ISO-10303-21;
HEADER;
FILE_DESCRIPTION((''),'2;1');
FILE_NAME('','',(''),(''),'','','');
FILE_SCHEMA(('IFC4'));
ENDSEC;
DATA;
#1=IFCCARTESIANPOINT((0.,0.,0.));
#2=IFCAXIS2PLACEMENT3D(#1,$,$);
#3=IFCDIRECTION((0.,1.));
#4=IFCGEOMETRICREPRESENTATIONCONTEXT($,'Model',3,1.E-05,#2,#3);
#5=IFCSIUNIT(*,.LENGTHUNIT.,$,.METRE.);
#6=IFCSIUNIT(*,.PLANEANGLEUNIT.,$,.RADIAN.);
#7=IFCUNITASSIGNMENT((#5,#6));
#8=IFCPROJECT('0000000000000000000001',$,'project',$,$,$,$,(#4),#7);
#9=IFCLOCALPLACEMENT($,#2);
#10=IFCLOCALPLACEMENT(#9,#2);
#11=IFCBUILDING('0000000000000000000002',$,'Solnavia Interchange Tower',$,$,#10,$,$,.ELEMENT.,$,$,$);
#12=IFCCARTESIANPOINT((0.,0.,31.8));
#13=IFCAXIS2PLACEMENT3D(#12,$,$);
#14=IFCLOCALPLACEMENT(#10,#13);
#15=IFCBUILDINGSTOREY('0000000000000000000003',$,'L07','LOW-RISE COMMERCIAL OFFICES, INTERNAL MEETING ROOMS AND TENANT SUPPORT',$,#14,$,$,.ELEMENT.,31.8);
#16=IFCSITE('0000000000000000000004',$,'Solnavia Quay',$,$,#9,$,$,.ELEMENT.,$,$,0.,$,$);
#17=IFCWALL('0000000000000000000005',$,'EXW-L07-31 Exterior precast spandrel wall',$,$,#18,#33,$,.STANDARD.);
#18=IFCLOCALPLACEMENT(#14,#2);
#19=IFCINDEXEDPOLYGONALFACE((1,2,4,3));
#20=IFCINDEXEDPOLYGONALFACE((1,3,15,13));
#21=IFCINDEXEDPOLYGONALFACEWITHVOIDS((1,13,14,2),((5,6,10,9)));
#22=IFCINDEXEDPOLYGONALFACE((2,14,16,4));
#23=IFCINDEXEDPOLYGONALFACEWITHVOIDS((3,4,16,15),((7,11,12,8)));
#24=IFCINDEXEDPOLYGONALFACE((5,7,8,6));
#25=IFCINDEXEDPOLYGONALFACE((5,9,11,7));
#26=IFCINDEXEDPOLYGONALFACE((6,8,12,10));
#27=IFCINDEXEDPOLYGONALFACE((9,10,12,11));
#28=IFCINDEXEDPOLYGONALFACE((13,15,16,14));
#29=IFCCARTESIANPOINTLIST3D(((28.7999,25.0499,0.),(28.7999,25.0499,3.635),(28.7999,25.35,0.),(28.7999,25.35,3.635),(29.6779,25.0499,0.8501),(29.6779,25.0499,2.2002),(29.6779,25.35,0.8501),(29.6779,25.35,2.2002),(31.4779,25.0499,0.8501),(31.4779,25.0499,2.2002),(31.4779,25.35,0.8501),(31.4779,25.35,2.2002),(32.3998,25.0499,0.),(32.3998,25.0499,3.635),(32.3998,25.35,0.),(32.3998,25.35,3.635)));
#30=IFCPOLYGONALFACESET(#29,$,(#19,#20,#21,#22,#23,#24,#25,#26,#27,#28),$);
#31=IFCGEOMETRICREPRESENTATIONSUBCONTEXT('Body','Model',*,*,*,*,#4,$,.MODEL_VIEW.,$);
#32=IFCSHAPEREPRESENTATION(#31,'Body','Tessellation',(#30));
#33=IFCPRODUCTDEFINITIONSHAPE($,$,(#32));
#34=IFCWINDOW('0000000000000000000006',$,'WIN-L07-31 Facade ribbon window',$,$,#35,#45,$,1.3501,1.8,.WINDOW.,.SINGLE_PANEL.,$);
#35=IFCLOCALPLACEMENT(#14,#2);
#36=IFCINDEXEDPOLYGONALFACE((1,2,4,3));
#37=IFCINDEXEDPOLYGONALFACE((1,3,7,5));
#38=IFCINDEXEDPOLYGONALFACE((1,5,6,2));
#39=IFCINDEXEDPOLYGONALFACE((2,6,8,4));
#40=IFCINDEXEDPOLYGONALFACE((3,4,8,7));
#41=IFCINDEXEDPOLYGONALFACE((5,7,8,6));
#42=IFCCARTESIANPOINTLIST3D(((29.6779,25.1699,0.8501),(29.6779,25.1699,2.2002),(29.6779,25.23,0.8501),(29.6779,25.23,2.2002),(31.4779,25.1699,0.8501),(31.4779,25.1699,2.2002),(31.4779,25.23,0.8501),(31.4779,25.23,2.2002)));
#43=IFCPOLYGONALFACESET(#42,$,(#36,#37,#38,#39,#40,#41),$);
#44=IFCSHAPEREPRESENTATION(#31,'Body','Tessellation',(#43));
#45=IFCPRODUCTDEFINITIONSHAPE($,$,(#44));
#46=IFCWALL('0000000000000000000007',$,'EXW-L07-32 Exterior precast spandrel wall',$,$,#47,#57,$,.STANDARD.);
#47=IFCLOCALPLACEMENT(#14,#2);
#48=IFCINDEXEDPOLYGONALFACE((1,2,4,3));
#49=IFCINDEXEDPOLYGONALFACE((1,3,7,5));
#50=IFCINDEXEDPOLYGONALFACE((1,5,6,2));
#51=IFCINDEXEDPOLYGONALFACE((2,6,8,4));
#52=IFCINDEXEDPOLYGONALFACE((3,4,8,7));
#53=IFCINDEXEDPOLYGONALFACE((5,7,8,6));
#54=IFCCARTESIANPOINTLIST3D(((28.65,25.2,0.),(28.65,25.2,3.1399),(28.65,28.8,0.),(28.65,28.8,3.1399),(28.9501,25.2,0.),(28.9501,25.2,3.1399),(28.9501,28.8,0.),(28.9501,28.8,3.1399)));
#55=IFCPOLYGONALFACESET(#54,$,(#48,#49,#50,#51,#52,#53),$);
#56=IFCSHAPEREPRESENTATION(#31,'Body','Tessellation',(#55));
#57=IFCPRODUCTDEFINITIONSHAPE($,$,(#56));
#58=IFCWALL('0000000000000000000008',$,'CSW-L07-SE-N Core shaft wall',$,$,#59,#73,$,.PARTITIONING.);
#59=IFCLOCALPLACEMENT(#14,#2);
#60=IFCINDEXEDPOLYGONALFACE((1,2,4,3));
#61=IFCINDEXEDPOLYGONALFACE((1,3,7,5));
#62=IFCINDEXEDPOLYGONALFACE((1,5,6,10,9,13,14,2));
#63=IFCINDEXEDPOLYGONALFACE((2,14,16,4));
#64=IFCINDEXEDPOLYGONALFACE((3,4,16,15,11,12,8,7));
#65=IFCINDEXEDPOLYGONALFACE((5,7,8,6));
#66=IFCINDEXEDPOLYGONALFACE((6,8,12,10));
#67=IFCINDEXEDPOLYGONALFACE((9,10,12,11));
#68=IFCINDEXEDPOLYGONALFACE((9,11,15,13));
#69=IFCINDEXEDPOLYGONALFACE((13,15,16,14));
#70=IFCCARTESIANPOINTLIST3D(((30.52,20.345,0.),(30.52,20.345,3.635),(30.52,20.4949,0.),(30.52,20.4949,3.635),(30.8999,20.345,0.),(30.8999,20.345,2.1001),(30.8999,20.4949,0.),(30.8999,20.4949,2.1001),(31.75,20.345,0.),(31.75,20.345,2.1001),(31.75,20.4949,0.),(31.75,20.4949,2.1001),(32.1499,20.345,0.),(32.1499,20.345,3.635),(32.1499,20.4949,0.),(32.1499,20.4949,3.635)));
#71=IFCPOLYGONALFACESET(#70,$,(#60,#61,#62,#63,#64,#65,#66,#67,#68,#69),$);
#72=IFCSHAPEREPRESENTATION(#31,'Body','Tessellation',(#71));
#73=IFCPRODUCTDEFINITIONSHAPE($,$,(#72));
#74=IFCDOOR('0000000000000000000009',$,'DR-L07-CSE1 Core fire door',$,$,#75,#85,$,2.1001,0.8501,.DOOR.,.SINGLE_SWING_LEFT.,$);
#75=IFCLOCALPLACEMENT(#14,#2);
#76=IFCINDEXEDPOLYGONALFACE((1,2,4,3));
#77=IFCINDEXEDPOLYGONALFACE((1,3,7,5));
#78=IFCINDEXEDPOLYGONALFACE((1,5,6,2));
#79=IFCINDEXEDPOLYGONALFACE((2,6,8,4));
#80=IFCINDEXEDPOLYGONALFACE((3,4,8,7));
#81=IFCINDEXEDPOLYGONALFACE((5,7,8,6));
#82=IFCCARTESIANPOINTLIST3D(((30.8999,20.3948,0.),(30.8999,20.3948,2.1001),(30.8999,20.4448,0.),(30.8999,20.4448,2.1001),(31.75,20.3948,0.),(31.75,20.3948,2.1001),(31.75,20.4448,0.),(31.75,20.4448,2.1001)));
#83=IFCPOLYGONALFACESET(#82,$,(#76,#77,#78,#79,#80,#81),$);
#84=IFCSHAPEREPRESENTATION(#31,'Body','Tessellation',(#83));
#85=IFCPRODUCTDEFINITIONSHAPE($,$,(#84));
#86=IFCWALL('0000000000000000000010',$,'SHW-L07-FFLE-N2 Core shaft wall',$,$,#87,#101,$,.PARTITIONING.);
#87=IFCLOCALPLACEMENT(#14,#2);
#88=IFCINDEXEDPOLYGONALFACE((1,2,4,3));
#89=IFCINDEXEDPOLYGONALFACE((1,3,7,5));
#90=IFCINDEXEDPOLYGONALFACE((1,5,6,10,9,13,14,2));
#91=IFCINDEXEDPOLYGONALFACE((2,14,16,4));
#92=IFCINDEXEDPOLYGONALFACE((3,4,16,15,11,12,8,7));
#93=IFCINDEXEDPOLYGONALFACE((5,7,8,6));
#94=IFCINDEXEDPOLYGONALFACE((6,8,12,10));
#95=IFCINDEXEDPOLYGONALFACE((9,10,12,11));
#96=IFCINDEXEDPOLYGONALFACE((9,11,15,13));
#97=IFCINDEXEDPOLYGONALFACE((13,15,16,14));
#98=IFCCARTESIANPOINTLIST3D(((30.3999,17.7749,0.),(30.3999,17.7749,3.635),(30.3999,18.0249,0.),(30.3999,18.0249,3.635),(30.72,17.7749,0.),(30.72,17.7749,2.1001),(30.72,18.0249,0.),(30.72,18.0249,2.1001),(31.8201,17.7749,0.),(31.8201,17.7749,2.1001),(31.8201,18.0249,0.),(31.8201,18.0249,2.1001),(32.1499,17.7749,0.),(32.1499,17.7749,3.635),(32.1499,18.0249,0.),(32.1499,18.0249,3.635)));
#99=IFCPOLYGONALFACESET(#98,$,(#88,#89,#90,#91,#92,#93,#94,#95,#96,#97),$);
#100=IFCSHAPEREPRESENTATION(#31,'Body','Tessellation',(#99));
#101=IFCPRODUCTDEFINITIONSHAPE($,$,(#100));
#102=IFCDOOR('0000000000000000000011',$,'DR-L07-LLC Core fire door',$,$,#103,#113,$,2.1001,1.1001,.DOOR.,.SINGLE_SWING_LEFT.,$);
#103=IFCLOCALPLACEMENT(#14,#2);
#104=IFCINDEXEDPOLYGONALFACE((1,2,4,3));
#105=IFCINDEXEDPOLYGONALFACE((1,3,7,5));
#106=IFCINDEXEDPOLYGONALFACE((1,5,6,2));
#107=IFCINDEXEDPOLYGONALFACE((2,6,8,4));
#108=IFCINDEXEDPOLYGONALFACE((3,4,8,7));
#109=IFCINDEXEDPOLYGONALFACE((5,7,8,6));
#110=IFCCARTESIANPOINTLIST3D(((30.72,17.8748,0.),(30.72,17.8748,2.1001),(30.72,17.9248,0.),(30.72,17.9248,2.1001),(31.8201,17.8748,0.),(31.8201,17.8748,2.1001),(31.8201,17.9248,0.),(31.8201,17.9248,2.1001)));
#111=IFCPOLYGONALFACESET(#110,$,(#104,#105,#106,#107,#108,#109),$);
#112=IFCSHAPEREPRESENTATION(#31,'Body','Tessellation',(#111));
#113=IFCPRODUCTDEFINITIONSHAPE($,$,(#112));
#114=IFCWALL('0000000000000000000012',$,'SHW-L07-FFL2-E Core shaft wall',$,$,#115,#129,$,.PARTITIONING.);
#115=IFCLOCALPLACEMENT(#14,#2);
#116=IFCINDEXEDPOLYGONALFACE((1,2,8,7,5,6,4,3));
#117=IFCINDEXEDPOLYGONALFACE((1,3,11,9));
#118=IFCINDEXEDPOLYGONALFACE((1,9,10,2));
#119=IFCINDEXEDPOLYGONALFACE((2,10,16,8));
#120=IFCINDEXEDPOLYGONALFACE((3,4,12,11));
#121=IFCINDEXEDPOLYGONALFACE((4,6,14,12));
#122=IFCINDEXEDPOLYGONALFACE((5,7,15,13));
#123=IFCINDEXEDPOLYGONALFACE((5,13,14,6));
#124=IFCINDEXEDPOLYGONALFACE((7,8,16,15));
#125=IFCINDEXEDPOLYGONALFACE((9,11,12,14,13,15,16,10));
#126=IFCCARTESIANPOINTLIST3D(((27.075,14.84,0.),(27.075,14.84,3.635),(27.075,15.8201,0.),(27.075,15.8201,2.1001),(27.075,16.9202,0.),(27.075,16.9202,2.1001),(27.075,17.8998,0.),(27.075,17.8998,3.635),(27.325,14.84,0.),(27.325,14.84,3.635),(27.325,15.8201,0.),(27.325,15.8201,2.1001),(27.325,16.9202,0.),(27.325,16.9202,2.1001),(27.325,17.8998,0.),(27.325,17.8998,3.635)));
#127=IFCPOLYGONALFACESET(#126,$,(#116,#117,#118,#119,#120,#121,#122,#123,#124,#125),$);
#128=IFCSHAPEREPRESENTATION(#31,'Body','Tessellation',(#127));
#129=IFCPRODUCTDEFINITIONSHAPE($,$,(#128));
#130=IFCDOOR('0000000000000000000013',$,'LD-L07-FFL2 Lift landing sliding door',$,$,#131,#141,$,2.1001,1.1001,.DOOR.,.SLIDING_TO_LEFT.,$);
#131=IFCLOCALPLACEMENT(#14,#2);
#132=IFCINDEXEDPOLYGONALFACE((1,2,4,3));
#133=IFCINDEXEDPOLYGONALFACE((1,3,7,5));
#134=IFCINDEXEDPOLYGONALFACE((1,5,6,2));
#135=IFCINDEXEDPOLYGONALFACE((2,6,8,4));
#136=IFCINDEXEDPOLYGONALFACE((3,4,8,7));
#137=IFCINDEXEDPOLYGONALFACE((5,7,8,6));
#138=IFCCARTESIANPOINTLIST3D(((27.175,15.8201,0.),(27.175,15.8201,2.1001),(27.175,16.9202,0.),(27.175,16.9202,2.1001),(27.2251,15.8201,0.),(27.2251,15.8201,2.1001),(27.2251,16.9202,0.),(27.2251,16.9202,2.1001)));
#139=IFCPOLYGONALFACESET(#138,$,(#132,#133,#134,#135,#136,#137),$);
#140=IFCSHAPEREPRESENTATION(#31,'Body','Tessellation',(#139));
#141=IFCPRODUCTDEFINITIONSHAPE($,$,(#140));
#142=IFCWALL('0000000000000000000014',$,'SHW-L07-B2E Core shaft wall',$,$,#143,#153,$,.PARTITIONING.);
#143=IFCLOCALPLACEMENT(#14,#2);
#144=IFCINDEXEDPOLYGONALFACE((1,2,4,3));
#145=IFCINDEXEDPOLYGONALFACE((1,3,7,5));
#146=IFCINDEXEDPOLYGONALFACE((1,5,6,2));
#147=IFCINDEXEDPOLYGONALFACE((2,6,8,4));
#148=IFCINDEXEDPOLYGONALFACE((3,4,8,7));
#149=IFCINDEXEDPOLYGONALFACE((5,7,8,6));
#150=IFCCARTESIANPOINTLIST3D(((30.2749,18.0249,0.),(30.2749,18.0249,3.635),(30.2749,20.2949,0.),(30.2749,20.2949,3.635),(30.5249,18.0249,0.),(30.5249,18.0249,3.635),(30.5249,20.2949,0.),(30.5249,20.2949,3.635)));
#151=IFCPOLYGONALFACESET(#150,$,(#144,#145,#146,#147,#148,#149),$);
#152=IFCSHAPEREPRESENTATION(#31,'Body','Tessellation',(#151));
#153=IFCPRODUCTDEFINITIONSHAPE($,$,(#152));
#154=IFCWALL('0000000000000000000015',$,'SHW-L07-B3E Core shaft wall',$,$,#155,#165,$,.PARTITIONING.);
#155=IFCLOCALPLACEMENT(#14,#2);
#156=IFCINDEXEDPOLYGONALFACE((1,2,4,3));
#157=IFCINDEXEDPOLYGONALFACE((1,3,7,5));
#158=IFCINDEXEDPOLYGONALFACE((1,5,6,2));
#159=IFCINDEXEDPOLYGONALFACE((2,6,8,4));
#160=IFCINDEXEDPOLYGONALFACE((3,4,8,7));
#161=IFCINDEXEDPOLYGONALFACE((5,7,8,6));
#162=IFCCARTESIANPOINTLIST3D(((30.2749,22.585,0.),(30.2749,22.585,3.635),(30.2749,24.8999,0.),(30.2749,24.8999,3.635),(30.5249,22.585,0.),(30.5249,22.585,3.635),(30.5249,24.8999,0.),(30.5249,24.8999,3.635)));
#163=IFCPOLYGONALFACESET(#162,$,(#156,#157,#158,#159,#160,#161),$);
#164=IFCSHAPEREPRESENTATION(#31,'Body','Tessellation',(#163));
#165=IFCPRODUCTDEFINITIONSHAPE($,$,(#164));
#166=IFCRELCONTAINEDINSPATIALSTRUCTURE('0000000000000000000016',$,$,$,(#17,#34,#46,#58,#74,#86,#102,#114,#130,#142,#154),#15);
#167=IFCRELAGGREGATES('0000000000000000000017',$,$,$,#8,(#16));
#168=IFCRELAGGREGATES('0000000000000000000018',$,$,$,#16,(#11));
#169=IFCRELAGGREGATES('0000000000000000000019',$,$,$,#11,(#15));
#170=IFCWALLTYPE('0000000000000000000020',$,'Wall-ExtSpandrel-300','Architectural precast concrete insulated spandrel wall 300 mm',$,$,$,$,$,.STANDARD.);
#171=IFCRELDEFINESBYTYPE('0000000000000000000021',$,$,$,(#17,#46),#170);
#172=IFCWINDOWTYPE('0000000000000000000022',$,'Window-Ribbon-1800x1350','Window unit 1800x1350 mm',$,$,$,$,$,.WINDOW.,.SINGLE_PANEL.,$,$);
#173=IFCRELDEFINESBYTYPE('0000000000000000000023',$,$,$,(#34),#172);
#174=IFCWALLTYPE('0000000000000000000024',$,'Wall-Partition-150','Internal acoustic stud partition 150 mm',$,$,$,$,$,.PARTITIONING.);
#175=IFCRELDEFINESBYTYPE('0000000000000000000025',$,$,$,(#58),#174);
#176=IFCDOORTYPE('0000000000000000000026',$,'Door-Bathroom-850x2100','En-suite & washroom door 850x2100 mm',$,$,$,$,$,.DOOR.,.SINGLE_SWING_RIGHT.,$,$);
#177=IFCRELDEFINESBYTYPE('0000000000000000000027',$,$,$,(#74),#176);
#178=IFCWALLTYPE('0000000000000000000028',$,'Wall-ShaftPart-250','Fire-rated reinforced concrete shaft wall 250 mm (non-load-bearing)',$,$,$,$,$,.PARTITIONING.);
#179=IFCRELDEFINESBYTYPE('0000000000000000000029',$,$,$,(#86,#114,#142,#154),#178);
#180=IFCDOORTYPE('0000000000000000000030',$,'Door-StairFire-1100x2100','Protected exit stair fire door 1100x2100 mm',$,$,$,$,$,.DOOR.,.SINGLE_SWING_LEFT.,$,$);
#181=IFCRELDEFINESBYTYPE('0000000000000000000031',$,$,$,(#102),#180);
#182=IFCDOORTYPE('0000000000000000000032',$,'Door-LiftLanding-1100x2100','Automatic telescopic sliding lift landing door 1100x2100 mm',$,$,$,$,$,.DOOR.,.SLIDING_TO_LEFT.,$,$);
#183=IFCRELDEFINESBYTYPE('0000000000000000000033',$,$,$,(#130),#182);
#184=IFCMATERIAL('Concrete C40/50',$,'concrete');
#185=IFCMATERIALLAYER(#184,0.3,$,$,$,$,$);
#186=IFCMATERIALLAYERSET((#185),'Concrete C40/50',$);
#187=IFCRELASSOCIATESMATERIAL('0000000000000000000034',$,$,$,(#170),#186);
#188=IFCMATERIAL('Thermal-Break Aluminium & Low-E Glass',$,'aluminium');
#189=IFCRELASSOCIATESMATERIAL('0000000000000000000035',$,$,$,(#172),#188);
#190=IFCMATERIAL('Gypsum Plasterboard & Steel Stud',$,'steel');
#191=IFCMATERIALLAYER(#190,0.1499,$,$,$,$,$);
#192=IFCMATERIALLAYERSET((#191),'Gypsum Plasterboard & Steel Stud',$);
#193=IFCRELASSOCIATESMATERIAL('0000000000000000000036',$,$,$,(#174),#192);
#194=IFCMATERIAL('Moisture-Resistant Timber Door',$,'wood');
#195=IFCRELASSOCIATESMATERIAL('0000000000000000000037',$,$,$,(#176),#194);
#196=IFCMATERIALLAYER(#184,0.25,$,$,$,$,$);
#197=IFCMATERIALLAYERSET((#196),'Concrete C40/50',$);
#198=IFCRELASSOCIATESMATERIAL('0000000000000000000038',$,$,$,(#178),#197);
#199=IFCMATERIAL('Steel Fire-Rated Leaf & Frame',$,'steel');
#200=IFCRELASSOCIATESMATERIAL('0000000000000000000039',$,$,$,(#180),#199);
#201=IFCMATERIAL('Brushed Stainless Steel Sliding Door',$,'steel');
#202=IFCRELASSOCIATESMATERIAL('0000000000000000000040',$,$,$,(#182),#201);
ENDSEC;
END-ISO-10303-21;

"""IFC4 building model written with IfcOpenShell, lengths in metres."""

from ifc_helpers import new_model, si_unit, direction, frame, frame_2d, origin, place, context, subcontext, project, spatial, rectangle, extrude, material, layer, layer_set, type_object, element, fill, save


model = new_model("IFC4")

# Units and contexts
model_context = context("Model", 3, precision=1e-05, world=origin(), true_north=direction((0.0, 1.0)))
body_context = subcontext(model_context, "Body", "Model", "MODEL_VIEW")
ifc_project = project(units=[si_unit("LENGTHUNIT", "METRE"), si_unit("PLANEANGLEUNIT", "RADIAN")], contexts=[model_context])

# Site, building, storey
site_placement = place(None, origin())
site = spatial("IfcSite", under=ifc_project, at=site_placement, Name="Solnavia Quay", CompositionType="ELEMENT", RefElevation=0.0)
building_placement = place(site_placement, origin())
building = spatial("IfcBuilding", under=site, at=building_placement, Name="Solnavia Interchange Tower", CompositionType="ELEMENT")
storey_placement = place(building_placement, frame((0.0, 0.0, 31.8)))
storey = spatial("IfcBuildingStorey", under=building, at=storey_placement, Name="L07", Description="LOW-RISE COMMERCIAL OFFICES, INTERNAL MEETING ROOMS AND TENANT SUPPORT", CompositionType="ELEMENT", Elevation=31.8)

# Shared definitions
ifc_material_1 = material(Name="Concrete C40/50", Category="concrete")
ifc_layer_1 = layer(ifc_material_1, 0.3)
ifc_layer_set_1 = layer_set([ifc_layer_1], Name="Concrete C40/50")
wall_type_1 = type_object("IfcWallType", Name="Wall-ExtSpandrel-300", Description="Architectural precast concrete insulated spandrel wall 300 mm", PredefinedType="STANDARD", material=ifc_layer_set_1)
ifc_material_2 = material(Name="Thermal-Break Aluminium & Low-E Glass", Category="aluminium")
window_type = type_object("IfcWindowType", Name="Window-Ribbon-1800x1350", Description="Window unit 1800x1350 mm", PartitioningType="SINGLE_PANEL", PredefinedType="WINDOW", material=ifc_material_2)

# Wall, opening, window
wall_1_placement = place(storey_placement, frame((28.8, 25.2, 0.0), z_axis=(0.0, 0.0, 1.0), x_axis=(1.0, 0.0, 0.0)))
wall_1 = element("IfcWall", 1, at=wall_1_placement, inside=storey, type_object=wall_type_1, Name="EXW-L07-31 Exterior precast spandrel wall", PredefinedType="STANDARD", context=body_context, shape_type="SweptSolid", body=[
    extrude(rectangle(XDim=3.5999, YDim=0.3, at=frame_2d((1.7998, 0.0))), origin(), (0.0, 0.0, 1.0), 3.635),
])
opening_1_placement = place(wall_1_placement, frame((0.8779, 0.0, 0.8501)))
opening_1 = element("IfcOpeningElement", 2, at=opening_1_placement, cuts=wall_1, PredefinedType="OPENING", context=body_context, shape_type="SweptSolid", body=[
    extrude(rectangle(XDim=1.8, YDim=1.3501, at=frame_2d((0.8999, 0.675))), frame((0.0, 0.1602, 0.0), z_axis=(0.0, -1.0, 0.0), x_axis=(1.0, 0.0, 0.0)), (0.0, 0.0, 1.0), 0.3201),
])
window_1_placement = place(opening_1_placement, origin())
window_1 = element("IfcWindow", 3, at=window_1_placement, inside=storey, type_object=window_type, Name="WIN-L07-31 Facade ribbon window", OverallHeight=1.3501, OverallWidth=1.8, PartitioningType="SINGLE_PANEL", PredefinedType="WINDOW", context=body_context, shape_type="SweptSolid", body=[
    extrude(rectangle(XDim=1.8, YDim=1.3501, at=frame_2d((0.8999, 0.675))), frame((0.0, 0.03, 0.0), z_axis=(0.0, -1.0, 0.0), x_axis=(1.0, 0.0, 0.0)), (0.0, 0.0, 1.0), 0.0601),
])
fill(opening_1, window_1)

# Wall
wall_2_placement = place(storey_placement, frame((28.8, 25.2, 0.0), z_axis=(0.0, 0.0, 1.0), x_axis=(0.0, 1.0, 0.0)))
element("IfcWall", 4, at=wall_2_placement, inside=storey, type_object=wall_type_1, Name="EXW-L07-32 Exterior precast spandrel wall", PredefinedType="STANDARD", context=body_context, shape_type="SweptSolid", body=[
    extrude(rectangle(XDim=3.6001, YDim=0.3, at=frame_2d((1.8, 0.0))), origin(), (0.0, 0.0, 1.0), 3.1399),
])

# Walls, openings, doors
ifc_material_3 = material(Name="Gypsum Plasterboard & Steel Stud", Category="steel")
ifc_layer_2 = layer(ifc_material_3, 0.1499)
ifc_layer_set_2 = layer_set([ifc_layer_2], Name="Gypsum Plasterboard & Steel Stud")
wall_type_2 = type_object("IfcWallType", Name="Wall-Partition-150", Description="Internal acoustic stud partition 150 mm", PredefinedType="PARTITIONING", material=ifc_layer_set_2)
wall_3_placement = place(storey_placement, frame((30.52, 20.4199, 0.0), z_axis=(0.0, 0.0, 1.0), x_axis=(1.0, 0.0, 0.0)))
wall_3 = element("IfcWall", 5, at=wall_3_placement, inside=storey, type_object=wall_type_2, Name="CSW-L07-SE-N Core shaft wall", PredefinedType="PARTITIONING", context=body_context, shape_type="SweptSolid", body=[
    extrude(rectangle(XDim=1.6299, YDim=0.1499, at=frame_2d((0.8149, 0.0))), origin(), (0.0, 0.0, 1.0), 3.635),
])
opening_2_placement = place(wall_3_placement, frame((0.3799, 0.0, 0.0)))
opening_2 = element("IfcOpeningElement", 6, at=opening_2_placement, cuts=wall_3, PredefinedType="OPENING", context=body_context, shape_type="SweptSolid", body=[
    extrude(rectangle(XDim=0.8501, YDim=2.1001, at=frame_2d((0.425, 1.05))), frame((0.0, 0.085, 0.0), z_axis=(0.0, -1.0, 0.0), x_axis=(1.0, 0.0, 0.0)), (0.0, 0.0, 1.0), 0.1699),
])
ifc_material_4 = material(Name="Moisture-Resistant Timber Door", Category="wood")
door_type_1 = type_object("IfcDoorType", Name="Door-Bathroom-850x2100", Description="En-suite & washroom door 850x2100 mm", OperationType="SINGLE_SWING_RIGHT", PredefinedType="DOOR", material=ifc_material_4)
door_1_placement = place(opening_2_placement, origin())
door_1 = element("IfcDoor", 7, at=door_1_placement, inside=storey, type_object=door_type_1, Name="DR-L07-CSE1 Core fire door", OperationType="SINGLE_SWING_LEFT", OverallHeight=2.1001, OverallWidth=0.8501, PredefinedType="DOOR", context=body_context, shape_type="SweptSolid", body=[
    extrude(rectangle(XDim=0.8501, YDim=2.1001, at=frame_2d((0.425, 1.05))), frame((0.0, 0.0249, 0.0), z_axis=(0.0, -1.0, 0.0), x_axis=(1.0, 0.0, 0.0)), (0.0, 0.0, 1.0), 0.05),
])
fill(opening_2, door_1)
ifc_layer_3 = layer(ifc_material_1, 0.25)
ifc_layer_set_3 = layer_set([ifc_layer_3], Name="Concrete C40/50")
wall_type_3 = type_object("IfcWallType", Name="Wall-ShaftPart-250", Description="Fire-rated reinforced concrete shaft wall 250 mm (non-load-bearing)", PredefinedType="PARTITIONING", material=ifc_layer_set_3)
wall_4_placement = place(storey_placement, frame((30.3999, 17.8999, 0.0), z_axis=(0.0, 0.0, 1.0), x_axis=(1.0, 0.0, 0.0)))
wall_4 = element("IfcWall", 8, at=wall_4_placement, inside=storey, type_object=wall_type_3, Name="SHW-L07-FFLE-N2 Core shaft wall", PredefinedType="PARTITIONING", context=body_context, shape_type="SweptSolid", body=[
    extrude(rectangle(XDim=1.75, YDim=0.25, at=frame_2d((0.875, 0.0))), origin(), (0.0, 0.0, 1.0), 3.635),
])
opening_3_placement = place(wall_4_placement, frame((0.3201, 0.0, 0.0)))
opening_3 = element("IfcOpeningElement", 9, at=opening_3_placement, cuts=wall_4, PredefinedType="OPENING", context=body_context, shape_type="SweptSolid", body=[
    extrude(rectangle(XDim=1.1001, YDim=2.1001, at=frame_2d((0.55, 1.05))), frame((0.0, 0.135, 0.0), z_axis=(0.0, -1.0, 0.0), x_axis=(1.0, 0.0, 0.0)), (0.0, 0.0, 1.0), 0.27),
])
ifc_material_5 = material(Name="Steel Fire-Rated Leaf & Frame", Category="steel")
door_type_2 = type_object("IfcDoorType", Name="Door-StairFire-1100x2100", Description="Protected exit stair fire door 1100x2100 mm", OperationType="SINGLE_SWING_LEFT", PredefinedType="DOOR", material=ifc_material_5)
door_2_placement = place(opening_3_placement, origin())
door_2 = element("IfcDoor", 10, at=door_2_placement, inside=storey, type_object=door_type_2, Name="DR-L07-LLC Core fire door", OperationType="SINGLE_SWING_LEFT", OverallHeight=2.1001, OverallWidth=1.1001, PredefinedType="DOOR", context=body_context, shape_type="SweptSolid", body=[
    extrude(rectangle(XDim=1.1001, YDim=2.1001, at=frame_2d((0.55, 1.05))), frame((0.0, 0.0249, 0.0), z_axis=(0.0, -1.0, 0.0), x_axis=(1.0, 0.0, 0.0)), (0.0, 0.0, 1.0), 0.05),
])
fill(opening_3, door_2)
wall_5_placement = place(storey_placement, frame((27.2, 14.8401, 0.0), z_axis=(0.0, 0.0, 1.0), x_axis=(0.0, 1.0, 0.0)))
wall_5 = element("IfcWall", 11, at=wall_5_placement, inside=storey, type_object=wall_type_3, Name="SHW-L07-FFL2-E Core shaft wall", PredefinedType="PARTITIONING", context=body_context, shape_type="SweptSolid", body=[
    extrude(rectangle(XDim=3.0598, YDim=0.25, at=frame_2d((1.5298, 0.0))), origin(), (0.0, 0.0, 1.0), 3.635),
])
opening_4_placement = place(wall_5_placement, frame((0.98, 0.0, 0.0)))
opening_4 = element("IfcOpeningElement", 12, at=opening_4_placement, cuts=wall_5, PredefinedType="OPENING", context=body_context, shape_type="SweptSolid", body=[
    extrude(rectangle(XDim=1.1001, YDim=2.1001, at=frame_2d((0.55, 1.05))), frame((0.0, 0.135, 0.0), z_axis=(0.0, -1.0, 0.0), x_axis=(1.0, 0.0, 0.0)), (0.0, 0.0, 1.0), 0.27),
])
ifc_material_6 = material(Name="Brushed Stainless Steel Sliding Door", Category="steel")
door_type_3 = type_object("IfcDoorType", Name="Door-LiftLanding-1100x2100", Description="Automatic telescopic sliding lift landing door 1100x2100 mm", OperationType="SLIDING_TO_LEFT", PredefinedType="DOOR", material=ifc_material_6)
door_3_placement = place(opening_4_placement, origin())
door_3 = element("IfcDoor", 13, at=door_3_placement, inside=storey, type_object=door_type_3, Name="LD-L07-FFL2 Lift landing sliding door", OperationType="SLIDING_TO_LEFT", OverallHeight=2.1001, OverallWidth=1.1001, PredefinedType="DOOR", context=body_context, shape_type="SweptSolid", body=[
    extrude(rectangle(XDim=1.1001, YDim=2.1001, at=frame_2d((0.55, 1.05))), frame((0.0, 0.0249, 0.0), z_axis=(0.0, -1.0, 0.0), x_axis=(1.0, 0.0, 0.0)), (0.0, 0.0, 1.0), 0.05),
])
fill(opening_4, door_3)

# Walls
wall_6_placement = place(storey_placement, frame((30.3999, 18.0249, 0.0), z_axis=(0.0, 0.0, 1.0), x_axis=(0.0, 1.0, 0.0)))
element("IfcWall", 14, at=wall_6_placement, inside=storey, type_object=wall_type_3, Name="SHW-L07-B2E Core shaft wall", PredefinedType="PARTITIONING", context=body_context, shape_type="SweptSolid", body=[
    extrude(rectangle(XDim=2.27, YDim=0.25, at=frame_2d((1.135, 0.0))), origin(), (0.0, 0.0, 1.0), 3.635),
])
wall_7_placement = place(storey_placement, frame((30.3999, 22.585, 0.0), z_axis=(0.0, 0.0, 1.0), x_axis=(0.0, 1.0, 0.0)))
element("IfcWall", 15, at=wall_7_placement, inside=storey, type_object=wall_type_3, Name="SHW-L07-B3E Core shaft wall", PredefinedType="PARTITIONING", context=body_context, shape_type="SweptSolid", body=[
    extrude(rectangle(XDim=2.3149, YDim=0.25, at=frame_2d((1.1575, 0.0))), origin(), (0.0, 0.0, 1.0), 3.635),
])

save(model, "model.ifc")
